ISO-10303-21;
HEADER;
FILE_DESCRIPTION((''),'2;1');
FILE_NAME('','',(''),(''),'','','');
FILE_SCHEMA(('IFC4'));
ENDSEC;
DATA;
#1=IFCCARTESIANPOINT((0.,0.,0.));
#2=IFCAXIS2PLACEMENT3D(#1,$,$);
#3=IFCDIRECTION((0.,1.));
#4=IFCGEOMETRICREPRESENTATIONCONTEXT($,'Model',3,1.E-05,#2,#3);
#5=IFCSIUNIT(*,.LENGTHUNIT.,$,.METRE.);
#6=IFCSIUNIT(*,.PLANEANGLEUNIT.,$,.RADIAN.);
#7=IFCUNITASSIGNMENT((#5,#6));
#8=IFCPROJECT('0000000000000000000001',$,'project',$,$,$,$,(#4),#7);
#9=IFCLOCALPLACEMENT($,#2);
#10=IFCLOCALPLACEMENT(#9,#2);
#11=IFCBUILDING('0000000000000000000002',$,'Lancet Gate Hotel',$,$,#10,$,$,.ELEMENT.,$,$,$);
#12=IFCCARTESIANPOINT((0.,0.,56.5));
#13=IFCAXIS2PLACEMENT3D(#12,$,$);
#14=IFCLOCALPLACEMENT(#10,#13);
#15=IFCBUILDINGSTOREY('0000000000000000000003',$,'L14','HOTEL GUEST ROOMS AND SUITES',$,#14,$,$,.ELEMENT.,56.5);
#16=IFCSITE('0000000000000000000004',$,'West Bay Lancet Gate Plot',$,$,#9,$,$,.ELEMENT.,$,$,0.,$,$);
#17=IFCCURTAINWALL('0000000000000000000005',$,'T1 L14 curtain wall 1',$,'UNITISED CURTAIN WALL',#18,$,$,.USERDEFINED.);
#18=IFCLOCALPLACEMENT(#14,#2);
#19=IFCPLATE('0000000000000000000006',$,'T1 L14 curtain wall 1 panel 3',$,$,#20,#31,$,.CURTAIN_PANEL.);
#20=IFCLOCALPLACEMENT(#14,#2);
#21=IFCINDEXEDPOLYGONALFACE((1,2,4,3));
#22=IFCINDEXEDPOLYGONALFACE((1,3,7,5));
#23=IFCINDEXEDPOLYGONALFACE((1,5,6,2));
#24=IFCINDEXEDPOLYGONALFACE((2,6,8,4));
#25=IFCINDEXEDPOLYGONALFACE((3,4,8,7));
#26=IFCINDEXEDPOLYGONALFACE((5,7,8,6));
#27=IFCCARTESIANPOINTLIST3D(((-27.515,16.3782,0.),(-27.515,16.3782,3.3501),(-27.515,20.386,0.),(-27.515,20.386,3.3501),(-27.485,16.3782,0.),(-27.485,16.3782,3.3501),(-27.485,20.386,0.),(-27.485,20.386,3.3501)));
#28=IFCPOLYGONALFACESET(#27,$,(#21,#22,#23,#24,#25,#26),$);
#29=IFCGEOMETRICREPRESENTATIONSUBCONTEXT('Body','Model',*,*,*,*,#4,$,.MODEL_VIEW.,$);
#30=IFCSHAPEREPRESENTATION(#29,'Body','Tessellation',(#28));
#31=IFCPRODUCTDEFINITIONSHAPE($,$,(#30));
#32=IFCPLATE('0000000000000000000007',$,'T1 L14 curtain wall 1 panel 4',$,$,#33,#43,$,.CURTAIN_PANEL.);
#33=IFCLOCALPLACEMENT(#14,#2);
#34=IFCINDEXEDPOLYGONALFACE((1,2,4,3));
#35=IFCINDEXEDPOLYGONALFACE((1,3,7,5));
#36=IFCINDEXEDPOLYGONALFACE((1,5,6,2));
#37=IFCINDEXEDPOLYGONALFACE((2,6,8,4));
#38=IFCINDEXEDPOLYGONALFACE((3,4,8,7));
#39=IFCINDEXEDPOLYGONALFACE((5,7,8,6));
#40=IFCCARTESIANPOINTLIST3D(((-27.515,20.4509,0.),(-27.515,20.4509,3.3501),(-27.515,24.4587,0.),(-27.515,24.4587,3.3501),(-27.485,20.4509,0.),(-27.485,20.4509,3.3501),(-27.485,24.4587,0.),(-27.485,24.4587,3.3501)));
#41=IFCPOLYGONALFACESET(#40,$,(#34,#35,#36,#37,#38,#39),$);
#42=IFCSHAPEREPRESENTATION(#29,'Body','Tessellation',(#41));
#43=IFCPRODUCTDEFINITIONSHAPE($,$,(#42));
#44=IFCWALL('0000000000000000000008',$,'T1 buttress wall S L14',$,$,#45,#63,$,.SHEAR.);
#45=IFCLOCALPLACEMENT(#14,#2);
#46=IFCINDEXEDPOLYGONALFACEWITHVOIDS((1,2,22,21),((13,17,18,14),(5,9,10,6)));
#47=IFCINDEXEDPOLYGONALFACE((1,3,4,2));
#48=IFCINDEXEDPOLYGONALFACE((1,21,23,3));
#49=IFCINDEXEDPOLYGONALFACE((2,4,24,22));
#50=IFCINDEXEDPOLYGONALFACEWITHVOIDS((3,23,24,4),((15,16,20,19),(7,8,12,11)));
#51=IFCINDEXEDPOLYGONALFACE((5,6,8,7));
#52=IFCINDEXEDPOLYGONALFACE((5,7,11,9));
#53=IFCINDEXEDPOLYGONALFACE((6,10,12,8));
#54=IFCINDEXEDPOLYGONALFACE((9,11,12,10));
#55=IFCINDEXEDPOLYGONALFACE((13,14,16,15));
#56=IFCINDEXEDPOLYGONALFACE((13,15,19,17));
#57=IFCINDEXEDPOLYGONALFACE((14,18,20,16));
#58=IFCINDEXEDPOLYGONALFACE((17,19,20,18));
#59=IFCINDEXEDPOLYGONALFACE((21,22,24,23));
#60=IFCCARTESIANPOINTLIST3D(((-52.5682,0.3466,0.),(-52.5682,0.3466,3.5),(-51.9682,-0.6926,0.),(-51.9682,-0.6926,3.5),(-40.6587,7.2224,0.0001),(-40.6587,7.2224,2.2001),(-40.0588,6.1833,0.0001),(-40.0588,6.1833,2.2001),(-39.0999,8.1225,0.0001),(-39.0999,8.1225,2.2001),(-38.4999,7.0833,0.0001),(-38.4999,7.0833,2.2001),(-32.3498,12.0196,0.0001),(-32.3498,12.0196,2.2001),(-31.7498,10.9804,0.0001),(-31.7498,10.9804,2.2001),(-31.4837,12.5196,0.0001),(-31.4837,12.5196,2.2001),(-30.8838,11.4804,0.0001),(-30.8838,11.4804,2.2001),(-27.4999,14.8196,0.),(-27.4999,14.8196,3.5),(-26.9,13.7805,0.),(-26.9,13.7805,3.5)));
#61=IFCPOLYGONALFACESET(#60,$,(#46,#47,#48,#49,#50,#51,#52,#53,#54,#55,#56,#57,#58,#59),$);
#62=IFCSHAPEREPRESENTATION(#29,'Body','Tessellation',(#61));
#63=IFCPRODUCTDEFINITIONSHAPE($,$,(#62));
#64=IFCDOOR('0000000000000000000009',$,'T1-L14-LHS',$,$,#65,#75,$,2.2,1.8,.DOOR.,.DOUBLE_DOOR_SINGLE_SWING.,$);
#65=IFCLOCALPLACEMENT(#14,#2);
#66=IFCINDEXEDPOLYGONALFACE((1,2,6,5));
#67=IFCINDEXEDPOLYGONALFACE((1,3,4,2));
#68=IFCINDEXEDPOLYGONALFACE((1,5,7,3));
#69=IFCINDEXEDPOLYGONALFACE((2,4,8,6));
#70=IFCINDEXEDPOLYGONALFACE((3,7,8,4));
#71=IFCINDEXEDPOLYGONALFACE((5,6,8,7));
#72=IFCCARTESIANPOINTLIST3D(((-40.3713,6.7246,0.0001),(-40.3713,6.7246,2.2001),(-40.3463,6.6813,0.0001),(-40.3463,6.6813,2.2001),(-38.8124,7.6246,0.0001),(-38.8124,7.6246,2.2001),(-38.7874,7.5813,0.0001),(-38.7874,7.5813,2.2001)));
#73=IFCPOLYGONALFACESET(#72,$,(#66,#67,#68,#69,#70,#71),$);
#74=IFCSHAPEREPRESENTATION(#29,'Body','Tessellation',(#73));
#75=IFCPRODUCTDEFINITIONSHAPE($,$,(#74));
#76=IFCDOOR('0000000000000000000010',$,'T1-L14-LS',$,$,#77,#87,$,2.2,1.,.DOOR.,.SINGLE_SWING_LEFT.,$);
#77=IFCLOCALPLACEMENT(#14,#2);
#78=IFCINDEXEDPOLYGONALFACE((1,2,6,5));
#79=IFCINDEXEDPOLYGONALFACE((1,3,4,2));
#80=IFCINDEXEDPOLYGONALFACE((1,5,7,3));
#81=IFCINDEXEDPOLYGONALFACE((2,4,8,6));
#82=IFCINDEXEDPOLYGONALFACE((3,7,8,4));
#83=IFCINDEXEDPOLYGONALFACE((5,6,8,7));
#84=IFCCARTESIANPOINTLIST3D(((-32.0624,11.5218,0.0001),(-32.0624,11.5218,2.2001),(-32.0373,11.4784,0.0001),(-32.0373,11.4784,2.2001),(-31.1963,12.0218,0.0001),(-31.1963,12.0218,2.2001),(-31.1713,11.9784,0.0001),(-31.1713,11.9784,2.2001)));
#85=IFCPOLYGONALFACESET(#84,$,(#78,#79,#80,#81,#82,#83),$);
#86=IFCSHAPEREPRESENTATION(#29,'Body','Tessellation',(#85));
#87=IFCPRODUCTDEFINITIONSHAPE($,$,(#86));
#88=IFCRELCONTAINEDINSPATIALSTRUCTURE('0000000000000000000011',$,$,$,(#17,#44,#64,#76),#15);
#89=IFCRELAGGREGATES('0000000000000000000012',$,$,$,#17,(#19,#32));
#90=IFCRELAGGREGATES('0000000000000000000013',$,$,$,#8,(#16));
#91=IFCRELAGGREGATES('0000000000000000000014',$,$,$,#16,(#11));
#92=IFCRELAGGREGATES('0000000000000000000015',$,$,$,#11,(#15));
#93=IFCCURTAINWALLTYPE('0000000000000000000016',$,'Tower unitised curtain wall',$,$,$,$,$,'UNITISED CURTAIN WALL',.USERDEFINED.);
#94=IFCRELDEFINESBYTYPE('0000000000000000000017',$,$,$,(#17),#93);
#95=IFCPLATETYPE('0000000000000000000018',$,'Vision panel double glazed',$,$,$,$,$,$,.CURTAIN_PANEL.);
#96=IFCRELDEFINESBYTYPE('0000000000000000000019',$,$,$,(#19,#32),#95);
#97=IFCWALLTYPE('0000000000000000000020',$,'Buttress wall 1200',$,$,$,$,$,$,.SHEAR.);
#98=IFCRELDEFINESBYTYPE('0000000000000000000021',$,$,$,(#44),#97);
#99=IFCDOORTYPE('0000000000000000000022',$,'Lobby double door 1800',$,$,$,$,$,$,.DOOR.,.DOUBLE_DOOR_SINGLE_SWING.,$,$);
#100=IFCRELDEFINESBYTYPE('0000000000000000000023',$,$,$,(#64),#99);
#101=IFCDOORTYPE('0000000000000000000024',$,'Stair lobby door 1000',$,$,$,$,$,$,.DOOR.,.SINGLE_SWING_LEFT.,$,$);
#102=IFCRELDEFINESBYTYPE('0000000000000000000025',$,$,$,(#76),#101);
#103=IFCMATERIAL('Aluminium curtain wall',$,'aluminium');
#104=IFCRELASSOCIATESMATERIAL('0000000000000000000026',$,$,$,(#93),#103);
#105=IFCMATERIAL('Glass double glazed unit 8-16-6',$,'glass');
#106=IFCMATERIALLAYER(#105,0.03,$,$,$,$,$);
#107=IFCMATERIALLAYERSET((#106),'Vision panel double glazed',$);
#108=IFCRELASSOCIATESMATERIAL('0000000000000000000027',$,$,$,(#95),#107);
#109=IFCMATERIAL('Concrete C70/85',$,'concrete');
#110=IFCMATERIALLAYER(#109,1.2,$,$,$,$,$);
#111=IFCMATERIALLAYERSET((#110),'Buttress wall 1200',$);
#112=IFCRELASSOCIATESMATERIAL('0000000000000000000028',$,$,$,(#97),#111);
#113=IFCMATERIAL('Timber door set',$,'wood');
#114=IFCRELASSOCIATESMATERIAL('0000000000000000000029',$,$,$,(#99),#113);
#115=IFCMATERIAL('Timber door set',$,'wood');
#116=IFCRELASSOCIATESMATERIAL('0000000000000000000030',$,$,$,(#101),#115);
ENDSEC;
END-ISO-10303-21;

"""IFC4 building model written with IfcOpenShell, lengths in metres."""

from ifc_helpers import new_model, si_unit, direction, frame, frame_2d, origin, origin_2d, place, context, subcontext, project, spatial, rectangle, extrude, material, layer, layer_set, type_object, element, fill, aggregate, save


model = new_model("IFC4")

# Units and contexts
model_context = context("Model", 3, precision=1e-05, world=origin(), true_north=direction((0.0, 1.0)))
body_context = subcontext(model_context, "Body", "Model", "MODEL_VIEW")
ifc_project = project(units=[si_unit("LENGTHUNIT", "METRE"), si_unit("PLANEANGLEUNIT", "RADIAN")], contexts=[model_context])

# Site, building, storey
site_placement = place(None, origin())
site = spatial("IfcSite", under=ifc_project, at=site_placement, Name="West Bay Lancet Gate Plot", CompositionType="ELEMENT", RefElevation=0.0)
building_placement = place(site_placement, origin())
building = spatial("IfcBuilding", under=site, at=building_placement, Name="Lancet Gate Hotel", CompositionType="ELEMENT")
storey_placement = place(building_placement, frame((0.0, 0.0, 56.5)))
storey = spatial("IfcBuildingStorey", under=building, at=storey_placement, Name="L14", Description="HOTEL GUEST ROOMS AND SUITES", CompositionType="ELEMENT", Elevation=56.5)

# Curtain wall
ifc_material_1 = material(Name="Aluminium curtain wall", Category="aluminium")
curtain_wall_type = type_object("IfcCurtainWallType", Name="Tower unitised curtain wall", ElementType="UNITISED CURTAIN WALL", PredefinedType="USERDEFINED", material=ifc_material_1)
curtain_wall_placement = place(storey_placement, origin())
curtain_wall = element("IfcCurtainWall", 1, at=curtain_wall_placement, inside=storey, type_object=curtain_wall_type, Name="T1 L14 curtain wall 1", ObjectType="UNITISED CURTAIN WALL", PredefinedType="USERDEFINED")

# Plates
ifc_material_2 = material(Name="Glass double glazed unit 8-16-6", Category="glass")
ifc_layer_1 = layer(ifc_material_2, 0.03)
ifc_layer_set_1 = layer_set([ifc_layer_1], Name="Vision panel double glazed")
plate_type = type_object("IfcPlateType", Name="Vision panel double glazed", PredefinedType="CURTAIN_PANEL", material=ifc_layer_set_1)
plate_1_placement = place(storey_placement, frame((-27.5, 18.3821, 0.0), z_axis=(0.0, 0.0, 1.0), x_axis=(0.0, 1.0, 0.0)))
plate_1 = element("IfcPlate", 2, at=plate_1_placement, type_object=plate_type, Name="T1 L14 curtain wall 1 panel 3", PredefinedType="CURTAIN_PANEL", context=body_context, shape_type="SweptSolid", body=[
    extrude(rectangle(XDim=4.0078, YDim=0.03, at=origin_2d()), origin(), (0.0, 0.0, 1.0), 3.3501),
])
plate_2_placement = place(storey_placement, frame((-27.5, 22.4548, 0.0), z_axis=(0.0, 0.0, 1.0), x_axis=(0.0, 1.0, 0.0)))
plate_2 = element("IfcPlate", 3, at=plate_2_placement, type_object=plate_type, Name="T1 L14 curtain wall 1 panel 4", PredefinedType="CURTAIN_PANEL", context=body_context, shape_type="SweptSolid", body=[
    extrude(rectangle(XDim=4.0078, YDim=0.03, at=origin_2d()), origin(), (0.0, 0.0, 1.0), 3.3501),
])
aggregate(curtain_wall, [plate_1, plate_2])

# Wall, openings, doors
ifc_material_3 = material(Name="Concrete C70/85", Category="concrete")
ifc_layer_2 = layer(ifc_material_3, 1.2)
ifc_layer_set_2 = layer_set([ifc_layer_2], Name="Buttress wall 1200")
wall_type = type_object("IfcWallType", Name="Buttress wall 1200", PredefinedType="SHEAR", material=ifc_layer_set_2)
wall_placement = place(storey_placement, frame((-27.2, 14.3, 0.0), z_axis=(0.0, 0.0, 1.0), x_axis=(-0.866027, -0.499998, 0.0)))
wall = element("IfcWall", 4, at=wall_placement, inside=storey, type_object=wall_type, Name="T1 buttress wall S L14", PredefinedType="SHEAR", context=body_context, shape_type="SweptSolid", body=[
    extrude(rectangle(XDim=28.9463, YDim=1.2, at=frame_2d((14.4731, 0.0))), origin(), (0.0, 0.0, 1.0), 3.5),
])
opening_1_placement = place(wall_placement, frame((4.6001, 0.0, 0.0)))
opening_1 = element("IfcOpeningElement", 5, at=opening_1_placement, cuts=wall, PredefinedType="OPENING", context=body_context, shape_type="SweptSolid", body=[
    extrude(rectangle(XDim=1.0, YDim=2.2, at=frame_2d((0.5, 1.1001))), frame((0.0, 0.6099, 0.0), z_axis=(0.0, -1.0, 0.0), x_axis=(1.0, 0.0, 0.0)), (0.0, 0.0, 1.0), 1.22),
])
opening_2_placement = place(wall_placement, frame((13.3945, 0.0, 0.0)))
opening_2 = element("IfcOpeningElement", 6, at=opening_2_placement, cuts=wall, PredefinedType="OPENING", context=body_context, shape_type="SweptSolid", body=[
    extrude(rectangle(XDim=1.8, YDim=2.2, at=frame_2d((0.8999, 1.1001))), frame((0.0, 0.6099, 0.0), z_axis=(0.0, -1.0, 0.0), x_axis=(1.0, 0.0, 0.0)), (0.0, 0.0, 1.0), 1.22),
])
ifc_material_4 = material(Name="Timber door set", Category="wood")
door_type_1 = type_object("IfcDoorType", Name="Lobby double door 1800", OperationType="DOUBLE_DOOR_SINGLE_SWING", PredefinedType="DOOR", material=ifc_material_4)
door_1_placement = place(opening_2_placement, origin())
door_1 = element("IfcDoor", 7, at=door_1_placement, inside=storey, type_object=door_type_1, Name="T1-L14-LHS", OperationType="DOUBLE_DOOR_SINGLE_SWING", OverallHeight=2.2, OverallWidth=1.8, PredefinedType="DOOR", context=body_context, shape_type="SweptSolid", body=[
    extrude(rectangle(XDim=1.8, YDim=2.2, at=frame_2d((0.8999, 1.1001))), frame((0.0, 0.0249, 0.0), z_axis=(0.0, -1.0, 0.0), x_axis=(1.0, 0.0, 0.0)), (0.0, 0.0, 1.0), 0.05),
])
fill(opening_2, door_1)
ifc_material_5 = material(Name="Timber door set", Category="wood")
door_type_2 = type_object("IfcDoorType", Name="Stair lobby door 1000", OperationType="SINGLE_SWING_LEFT", PredefinedType="DOOR", material=ifc_material_5)
door_2_placement = place(opening_1_placement, origin())
door_2 = element("IfcDoor", 8, at=door_2_placement, inside=storey, type_object=door_type_2, Name="T1-L14-LS", OperationType="SINGLE_SWING_LEFT", OverallHeight=2.2, OverallWidth=1.0, PredefinedType="DOOR", context=body_context, shape_type="SweptSolid", body=[
    extrude(rectangle(XDim=1.0, YDim=2.2, at=frame_2d((0.5, 1.1001))), frame((0.0, 0.0249, 0.0), z_axis=(0.0, -1.0, 0.0), x_axis=(1.0, 0.0, 0.0)), (0.0, 0.0, 1.0), 0.05),
])
fill(opening_1, door_2)

save(model, "model.ifc")
